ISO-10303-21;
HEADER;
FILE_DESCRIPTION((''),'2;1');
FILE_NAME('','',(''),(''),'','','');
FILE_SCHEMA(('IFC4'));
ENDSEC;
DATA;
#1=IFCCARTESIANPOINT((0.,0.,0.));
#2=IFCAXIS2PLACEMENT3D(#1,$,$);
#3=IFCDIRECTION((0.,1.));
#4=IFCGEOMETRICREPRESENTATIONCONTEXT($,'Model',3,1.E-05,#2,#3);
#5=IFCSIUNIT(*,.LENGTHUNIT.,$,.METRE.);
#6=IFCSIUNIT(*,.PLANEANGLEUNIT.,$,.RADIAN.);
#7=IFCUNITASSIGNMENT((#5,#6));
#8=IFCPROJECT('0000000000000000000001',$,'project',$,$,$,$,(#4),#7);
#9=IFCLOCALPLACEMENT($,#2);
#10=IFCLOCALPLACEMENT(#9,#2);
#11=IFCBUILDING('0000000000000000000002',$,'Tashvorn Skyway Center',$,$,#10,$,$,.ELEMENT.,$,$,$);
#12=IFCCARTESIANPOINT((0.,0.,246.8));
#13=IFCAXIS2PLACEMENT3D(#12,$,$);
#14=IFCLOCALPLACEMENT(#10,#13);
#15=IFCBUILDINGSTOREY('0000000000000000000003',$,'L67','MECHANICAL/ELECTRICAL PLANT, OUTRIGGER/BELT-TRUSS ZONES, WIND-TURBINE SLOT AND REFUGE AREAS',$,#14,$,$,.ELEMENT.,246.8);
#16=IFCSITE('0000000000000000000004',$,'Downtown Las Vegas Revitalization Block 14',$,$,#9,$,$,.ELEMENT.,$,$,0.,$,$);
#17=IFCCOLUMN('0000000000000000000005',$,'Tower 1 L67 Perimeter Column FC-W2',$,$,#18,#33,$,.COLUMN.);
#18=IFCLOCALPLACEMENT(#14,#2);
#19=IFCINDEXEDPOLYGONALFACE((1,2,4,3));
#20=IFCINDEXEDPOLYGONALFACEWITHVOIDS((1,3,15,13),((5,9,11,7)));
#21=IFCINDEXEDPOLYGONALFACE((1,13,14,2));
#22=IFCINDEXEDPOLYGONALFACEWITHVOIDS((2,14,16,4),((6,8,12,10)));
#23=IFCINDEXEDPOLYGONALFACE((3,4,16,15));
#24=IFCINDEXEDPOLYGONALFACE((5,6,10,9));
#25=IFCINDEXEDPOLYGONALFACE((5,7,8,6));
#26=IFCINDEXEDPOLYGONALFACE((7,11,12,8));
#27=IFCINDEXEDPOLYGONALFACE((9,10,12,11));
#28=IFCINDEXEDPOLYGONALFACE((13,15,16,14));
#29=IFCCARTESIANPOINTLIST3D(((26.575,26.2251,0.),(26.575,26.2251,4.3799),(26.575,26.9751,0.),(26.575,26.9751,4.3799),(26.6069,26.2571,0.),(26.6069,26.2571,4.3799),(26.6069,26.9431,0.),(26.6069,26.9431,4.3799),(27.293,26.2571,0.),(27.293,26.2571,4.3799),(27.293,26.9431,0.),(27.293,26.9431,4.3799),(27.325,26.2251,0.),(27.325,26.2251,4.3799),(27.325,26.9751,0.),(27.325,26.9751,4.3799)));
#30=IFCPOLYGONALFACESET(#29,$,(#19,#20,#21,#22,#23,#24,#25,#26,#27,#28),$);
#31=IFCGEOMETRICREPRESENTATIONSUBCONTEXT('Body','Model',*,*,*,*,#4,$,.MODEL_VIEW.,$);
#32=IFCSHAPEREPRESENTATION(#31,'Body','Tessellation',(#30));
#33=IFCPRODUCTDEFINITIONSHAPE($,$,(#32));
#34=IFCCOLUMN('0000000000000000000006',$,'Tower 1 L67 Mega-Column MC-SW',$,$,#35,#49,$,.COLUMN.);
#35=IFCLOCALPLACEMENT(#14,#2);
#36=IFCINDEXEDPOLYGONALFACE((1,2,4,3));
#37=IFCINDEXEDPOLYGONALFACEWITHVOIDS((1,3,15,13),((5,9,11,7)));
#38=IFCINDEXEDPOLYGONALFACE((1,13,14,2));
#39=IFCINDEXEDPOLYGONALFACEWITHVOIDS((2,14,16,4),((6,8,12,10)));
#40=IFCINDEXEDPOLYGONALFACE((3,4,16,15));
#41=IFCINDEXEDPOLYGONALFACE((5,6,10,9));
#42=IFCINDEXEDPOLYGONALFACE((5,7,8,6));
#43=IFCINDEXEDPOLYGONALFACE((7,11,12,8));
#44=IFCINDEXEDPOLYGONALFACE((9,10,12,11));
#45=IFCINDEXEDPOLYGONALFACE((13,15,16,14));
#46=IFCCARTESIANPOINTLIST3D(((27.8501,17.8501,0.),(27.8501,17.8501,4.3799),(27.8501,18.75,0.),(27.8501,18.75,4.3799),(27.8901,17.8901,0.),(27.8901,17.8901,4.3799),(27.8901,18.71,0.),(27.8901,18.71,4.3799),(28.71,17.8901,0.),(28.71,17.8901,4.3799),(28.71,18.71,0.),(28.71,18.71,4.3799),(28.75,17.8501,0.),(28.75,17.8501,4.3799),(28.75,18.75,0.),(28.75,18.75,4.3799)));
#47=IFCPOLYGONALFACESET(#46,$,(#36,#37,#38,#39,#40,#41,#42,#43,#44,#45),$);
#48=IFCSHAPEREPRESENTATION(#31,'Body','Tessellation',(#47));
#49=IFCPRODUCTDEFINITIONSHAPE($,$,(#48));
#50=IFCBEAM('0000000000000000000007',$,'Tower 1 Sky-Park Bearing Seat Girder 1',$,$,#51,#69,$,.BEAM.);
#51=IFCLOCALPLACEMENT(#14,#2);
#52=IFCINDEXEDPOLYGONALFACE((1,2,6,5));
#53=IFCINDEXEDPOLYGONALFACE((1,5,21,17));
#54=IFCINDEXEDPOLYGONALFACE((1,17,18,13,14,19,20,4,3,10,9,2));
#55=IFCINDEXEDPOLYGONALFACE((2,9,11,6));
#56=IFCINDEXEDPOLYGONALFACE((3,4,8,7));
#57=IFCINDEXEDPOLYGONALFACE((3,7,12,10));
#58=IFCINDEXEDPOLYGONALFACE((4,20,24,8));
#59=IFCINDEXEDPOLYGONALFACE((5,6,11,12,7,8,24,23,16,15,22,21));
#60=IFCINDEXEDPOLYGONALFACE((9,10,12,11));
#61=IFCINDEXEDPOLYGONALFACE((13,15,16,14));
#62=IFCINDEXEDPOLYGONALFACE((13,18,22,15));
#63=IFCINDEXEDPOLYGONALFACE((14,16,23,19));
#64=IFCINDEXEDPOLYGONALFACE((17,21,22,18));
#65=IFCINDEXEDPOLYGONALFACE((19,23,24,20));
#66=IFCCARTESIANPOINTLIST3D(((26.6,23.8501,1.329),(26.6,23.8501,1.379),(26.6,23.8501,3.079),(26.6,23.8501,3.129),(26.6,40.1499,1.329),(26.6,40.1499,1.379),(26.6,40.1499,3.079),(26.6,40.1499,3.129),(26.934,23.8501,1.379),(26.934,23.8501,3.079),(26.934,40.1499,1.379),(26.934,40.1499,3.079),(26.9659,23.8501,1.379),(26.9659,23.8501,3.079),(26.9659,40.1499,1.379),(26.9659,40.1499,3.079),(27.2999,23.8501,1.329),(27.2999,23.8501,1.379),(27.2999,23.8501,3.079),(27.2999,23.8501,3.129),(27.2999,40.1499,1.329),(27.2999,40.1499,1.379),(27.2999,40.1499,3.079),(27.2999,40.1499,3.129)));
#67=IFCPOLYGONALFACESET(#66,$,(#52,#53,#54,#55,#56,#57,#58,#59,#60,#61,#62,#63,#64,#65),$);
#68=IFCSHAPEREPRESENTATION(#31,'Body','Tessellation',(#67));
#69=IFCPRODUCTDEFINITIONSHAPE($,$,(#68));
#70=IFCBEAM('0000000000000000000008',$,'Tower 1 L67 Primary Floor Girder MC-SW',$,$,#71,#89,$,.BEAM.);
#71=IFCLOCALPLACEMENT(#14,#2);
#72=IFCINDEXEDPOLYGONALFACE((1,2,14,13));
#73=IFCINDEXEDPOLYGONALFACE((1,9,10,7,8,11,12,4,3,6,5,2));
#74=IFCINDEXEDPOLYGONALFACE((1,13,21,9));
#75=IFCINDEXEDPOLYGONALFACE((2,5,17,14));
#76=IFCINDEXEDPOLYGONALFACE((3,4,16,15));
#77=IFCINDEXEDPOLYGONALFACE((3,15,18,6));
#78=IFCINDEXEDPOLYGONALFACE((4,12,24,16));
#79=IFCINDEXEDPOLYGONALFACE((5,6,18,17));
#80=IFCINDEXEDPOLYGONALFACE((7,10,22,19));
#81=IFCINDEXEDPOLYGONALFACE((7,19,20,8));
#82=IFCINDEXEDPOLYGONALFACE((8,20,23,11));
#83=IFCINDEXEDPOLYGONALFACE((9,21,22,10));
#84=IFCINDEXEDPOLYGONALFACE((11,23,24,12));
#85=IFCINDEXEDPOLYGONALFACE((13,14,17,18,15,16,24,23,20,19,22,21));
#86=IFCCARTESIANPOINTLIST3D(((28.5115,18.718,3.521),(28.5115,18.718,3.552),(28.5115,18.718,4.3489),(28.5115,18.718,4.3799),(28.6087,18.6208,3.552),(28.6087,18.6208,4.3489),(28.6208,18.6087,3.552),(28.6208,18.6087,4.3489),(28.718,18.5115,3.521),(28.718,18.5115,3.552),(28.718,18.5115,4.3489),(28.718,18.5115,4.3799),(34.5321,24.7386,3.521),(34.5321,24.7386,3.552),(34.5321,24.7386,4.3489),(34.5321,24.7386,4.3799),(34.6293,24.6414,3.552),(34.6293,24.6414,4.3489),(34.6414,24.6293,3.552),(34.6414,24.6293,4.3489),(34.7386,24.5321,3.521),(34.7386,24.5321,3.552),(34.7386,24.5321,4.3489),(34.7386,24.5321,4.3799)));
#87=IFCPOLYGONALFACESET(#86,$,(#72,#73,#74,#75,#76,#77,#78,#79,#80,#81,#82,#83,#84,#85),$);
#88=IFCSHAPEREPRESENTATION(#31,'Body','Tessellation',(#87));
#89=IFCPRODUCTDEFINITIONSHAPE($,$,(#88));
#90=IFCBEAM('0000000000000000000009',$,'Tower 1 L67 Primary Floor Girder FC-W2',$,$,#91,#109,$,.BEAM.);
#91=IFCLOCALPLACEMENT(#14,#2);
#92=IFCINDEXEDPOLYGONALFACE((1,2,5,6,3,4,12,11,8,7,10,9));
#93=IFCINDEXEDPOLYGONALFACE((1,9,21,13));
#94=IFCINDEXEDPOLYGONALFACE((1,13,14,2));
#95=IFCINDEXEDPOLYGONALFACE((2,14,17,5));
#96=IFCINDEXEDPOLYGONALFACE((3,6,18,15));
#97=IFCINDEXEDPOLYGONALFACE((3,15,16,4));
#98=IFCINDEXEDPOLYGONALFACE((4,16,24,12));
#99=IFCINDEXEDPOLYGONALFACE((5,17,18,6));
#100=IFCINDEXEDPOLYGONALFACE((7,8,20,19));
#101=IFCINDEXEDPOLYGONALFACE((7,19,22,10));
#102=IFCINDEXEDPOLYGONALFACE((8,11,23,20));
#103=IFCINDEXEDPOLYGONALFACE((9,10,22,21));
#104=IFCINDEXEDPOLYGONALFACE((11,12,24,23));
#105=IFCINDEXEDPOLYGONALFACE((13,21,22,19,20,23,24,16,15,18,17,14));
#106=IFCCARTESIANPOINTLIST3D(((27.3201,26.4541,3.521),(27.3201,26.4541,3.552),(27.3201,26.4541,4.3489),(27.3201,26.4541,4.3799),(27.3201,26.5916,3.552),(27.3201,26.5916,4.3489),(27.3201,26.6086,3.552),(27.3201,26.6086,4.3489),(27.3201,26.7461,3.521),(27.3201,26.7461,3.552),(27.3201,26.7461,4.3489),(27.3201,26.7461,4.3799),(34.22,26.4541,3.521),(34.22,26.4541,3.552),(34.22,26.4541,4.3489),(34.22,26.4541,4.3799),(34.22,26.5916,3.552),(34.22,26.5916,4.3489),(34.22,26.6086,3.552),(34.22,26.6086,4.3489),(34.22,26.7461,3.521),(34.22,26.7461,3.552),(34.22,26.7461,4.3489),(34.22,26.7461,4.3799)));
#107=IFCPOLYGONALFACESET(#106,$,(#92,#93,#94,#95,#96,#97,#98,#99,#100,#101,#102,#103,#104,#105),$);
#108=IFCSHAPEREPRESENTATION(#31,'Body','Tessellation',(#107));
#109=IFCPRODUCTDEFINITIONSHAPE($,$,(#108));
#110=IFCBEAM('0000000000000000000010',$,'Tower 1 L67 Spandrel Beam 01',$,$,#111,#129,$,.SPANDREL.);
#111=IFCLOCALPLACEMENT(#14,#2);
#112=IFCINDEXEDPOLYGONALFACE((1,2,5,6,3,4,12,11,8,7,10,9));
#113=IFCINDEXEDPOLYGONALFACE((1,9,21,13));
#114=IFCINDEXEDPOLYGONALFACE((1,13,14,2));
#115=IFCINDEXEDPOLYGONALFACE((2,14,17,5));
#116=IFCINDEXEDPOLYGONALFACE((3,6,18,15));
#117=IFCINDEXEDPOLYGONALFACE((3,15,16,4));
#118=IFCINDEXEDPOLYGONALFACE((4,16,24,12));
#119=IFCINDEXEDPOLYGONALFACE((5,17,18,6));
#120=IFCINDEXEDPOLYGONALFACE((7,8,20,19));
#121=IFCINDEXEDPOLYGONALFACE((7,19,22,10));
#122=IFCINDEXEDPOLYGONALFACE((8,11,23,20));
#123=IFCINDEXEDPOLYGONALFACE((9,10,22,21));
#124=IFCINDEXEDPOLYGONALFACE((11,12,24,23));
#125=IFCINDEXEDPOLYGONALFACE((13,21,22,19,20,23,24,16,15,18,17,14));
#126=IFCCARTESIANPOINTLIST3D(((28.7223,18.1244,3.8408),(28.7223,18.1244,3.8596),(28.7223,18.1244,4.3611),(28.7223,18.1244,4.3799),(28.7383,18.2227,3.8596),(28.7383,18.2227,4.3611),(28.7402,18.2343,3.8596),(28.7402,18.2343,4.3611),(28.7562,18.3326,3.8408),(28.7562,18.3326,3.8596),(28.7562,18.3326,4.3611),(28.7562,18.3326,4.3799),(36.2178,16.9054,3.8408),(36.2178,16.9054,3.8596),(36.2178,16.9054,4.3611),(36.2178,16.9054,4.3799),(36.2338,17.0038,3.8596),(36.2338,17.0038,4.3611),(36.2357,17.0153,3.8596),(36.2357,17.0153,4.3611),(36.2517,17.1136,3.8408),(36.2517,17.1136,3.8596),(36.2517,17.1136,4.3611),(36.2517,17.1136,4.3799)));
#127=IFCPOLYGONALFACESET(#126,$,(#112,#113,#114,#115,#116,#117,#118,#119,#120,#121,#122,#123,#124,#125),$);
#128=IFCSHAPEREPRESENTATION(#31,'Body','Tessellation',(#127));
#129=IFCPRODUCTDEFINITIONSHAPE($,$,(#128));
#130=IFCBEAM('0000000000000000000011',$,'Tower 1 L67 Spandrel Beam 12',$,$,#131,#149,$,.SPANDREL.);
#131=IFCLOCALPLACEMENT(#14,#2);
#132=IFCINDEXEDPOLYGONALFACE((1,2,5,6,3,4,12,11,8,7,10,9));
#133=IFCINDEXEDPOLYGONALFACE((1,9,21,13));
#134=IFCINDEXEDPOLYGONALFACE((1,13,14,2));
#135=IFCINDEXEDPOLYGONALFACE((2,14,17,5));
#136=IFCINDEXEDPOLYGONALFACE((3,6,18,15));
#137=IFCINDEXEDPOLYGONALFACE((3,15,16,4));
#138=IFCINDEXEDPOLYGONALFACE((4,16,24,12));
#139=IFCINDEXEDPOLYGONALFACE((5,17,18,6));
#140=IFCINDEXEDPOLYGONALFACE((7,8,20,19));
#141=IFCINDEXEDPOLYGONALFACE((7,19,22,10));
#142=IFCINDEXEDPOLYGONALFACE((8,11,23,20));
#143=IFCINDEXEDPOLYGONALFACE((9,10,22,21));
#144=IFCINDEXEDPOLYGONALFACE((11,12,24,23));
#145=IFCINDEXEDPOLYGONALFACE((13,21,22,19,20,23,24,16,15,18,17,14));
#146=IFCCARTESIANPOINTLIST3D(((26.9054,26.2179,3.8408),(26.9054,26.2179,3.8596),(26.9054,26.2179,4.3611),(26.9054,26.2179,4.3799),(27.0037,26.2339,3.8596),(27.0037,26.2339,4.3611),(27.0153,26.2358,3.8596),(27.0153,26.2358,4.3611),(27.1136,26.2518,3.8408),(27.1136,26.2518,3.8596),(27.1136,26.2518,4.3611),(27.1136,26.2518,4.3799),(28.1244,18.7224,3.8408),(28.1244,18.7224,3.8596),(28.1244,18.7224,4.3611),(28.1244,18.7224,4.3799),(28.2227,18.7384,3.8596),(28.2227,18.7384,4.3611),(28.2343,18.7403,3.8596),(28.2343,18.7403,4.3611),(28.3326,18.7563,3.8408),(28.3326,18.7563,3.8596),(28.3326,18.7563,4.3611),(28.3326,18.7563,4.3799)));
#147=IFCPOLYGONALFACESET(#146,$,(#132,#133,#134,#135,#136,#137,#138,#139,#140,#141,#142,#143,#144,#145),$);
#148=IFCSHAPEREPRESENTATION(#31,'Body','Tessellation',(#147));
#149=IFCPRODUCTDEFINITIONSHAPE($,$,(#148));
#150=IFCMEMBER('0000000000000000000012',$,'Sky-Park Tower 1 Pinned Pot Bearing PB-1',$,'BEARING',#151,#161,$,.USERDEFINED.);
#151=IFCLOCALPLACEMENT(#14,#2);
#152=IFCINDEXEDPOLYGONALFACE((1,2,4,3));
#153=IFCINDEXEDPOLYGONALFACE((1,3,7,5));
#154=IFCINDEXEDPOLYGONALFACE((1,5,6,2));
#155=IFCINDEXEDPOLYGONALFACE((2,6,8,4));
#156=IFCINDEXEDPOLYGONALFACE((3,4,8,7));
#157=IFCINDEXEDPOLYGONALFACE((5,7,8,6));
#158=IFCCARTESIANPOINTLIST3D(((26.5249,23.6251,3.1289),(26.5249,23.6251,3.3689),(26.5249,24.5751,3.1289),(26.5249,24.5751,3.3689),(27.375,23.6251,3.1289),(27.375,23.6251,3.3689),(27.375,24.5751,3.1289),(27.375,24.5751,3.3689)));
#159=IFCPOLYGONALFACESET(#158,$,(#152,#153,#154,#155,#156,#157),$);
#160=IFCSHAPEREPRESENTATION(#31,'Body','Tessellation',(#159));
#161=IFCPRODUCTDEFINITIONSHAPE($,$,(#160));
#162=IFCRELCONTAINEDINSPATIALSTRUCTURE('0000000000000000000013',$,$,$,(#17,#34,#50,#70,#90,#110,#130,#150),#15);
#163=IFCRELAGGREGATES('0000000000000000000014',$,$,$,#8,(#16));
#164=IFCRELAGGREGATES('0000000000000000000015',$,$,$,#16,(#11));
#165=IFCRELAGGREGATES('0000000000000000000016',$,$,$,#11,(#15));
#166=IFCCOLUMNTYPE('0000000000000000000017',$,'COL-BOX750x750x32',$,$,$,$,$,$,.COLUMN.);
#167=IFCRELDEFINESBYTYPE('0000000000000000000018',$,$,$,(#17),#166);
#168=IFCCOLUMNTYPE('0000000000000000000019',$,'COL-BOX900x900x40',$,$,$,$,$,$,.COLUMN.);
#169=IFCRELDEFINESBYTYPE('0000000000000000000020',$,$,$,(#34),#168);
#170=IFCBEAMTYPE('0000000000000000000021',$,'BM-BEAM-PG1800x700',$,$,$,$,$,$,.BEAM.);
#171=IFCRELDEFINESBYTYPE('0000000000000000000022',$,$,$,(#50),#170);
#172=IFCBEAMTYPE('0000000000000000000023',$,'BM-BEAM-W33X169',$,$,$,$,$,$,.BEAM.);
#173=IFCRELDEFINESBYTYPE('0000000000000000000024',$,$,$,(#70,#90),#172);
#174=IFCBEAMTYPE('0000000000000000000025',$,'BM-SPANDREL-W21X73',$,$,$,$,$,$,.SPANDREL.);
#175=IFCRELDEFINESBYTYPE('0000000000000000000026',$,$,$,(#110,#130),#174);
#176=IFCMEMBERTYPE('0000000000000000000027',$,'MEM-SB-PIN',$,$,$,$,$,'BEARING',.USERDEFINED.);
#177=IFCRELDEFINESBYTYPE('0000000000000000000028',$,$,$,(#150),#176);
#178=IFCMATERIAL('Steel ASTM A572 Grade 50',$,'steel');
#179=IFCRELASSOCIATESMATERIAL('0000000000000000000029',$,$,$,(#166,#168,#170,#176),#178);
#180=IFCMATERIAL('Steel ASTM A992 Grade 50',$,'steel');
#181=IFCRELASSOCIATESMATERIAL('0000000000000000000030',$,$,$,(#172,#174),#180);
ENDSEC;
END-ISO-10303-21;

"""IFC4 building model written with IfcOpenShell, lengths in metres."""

from ifc_helpers import new_model, si_unit, direction, frame, origin, origin_2d, place, context, subcontext, project, spatial, rectangle, hollow_rectangle, i_section, extrude, material, material_profile, profile_set, type_object, element, save


model = new_model("IFC4")

# Units and contexts
model_context = context("Model", 3, precision=1e-05, world=origin(), true_north=direction((0.0, 1.0)))
body_context = subcontext(model_context, "Body", "Model", "MODEL_VIEW")
ifc_project = project(units=[si_unit("LENGTHUNIT", "METRE"), si_unit("PLANEANGLEUNIT", "RADIAN")], contexts=[model_context])

# Site, building, storey
site_placement = place(None, origin())
site = spatial("IfcSite", under=ifc_project, at=site_placement, Name="Downtown Las Vegas Revitalization Block 14", CompositionType="ELEMENT", RefElevation=0.0)
building_placement = place(site_placement, origin())
building = spatial("IfcBuilding", under=site, at=building_placement, Name="Tashvorn Skyway Center", CompositionType="ELEMENT")
storey_placement = place(building_placement, frame((0.0, 0.0, 246.8)))
storey = spatial("IfcBuildingStorey", under=building, at=storey_placement, Name="L67", Description="MECHANICAL/ELECTRICAL PLANT, OUTRIGGER/BELT-TRUSS ZONES, WIND-TURBINE SLOT AND REFUGE AREAS", CompositionType="ELEMENT", Elevation=246.8)

# Columns
ifc_material_1 = material(Name="Steel ASTM A572 Grade 50", Category="steel")
ifc_material_profile_1 = material_profile(ifc_material_1, hollow_rectangle(XDim=0.75, YDim=0.75, WallThickness=0.032, at=origin_2d()), Name="BOX750x750x32")
ifc_profile_set_1 = profile_set([ifc_material_profile_1], Name="Steel ASTM A572 Grade 50")
column_type_1 = type_object("IfcColumnType", Name="COL-BOX750x750x32", PredefinedType="COLUMN", material=ifc_profile_set_1)
column_1_placement = place(storey_placement, frame((26.95, 26.6001, 0.0), z_axis=(0.0, 0.0, 1.0), x_axis=(1.0, 0.0, 0.0)))
element("IfcColumn", 1, at=column_1_placement, inside=storey, type_object=column_type_1, Name="Tower 1 L67 Perimeter Column FC-W2", PredefinedType="COLUMN", context=body_context, shape_type="SweptSolid", body=[
    extrude(hollow_rectangle(XDim=0.75, YDim=0.75, WallThickness=0.032, at=origin_2d()), origin(), (0.0, 0.0, 1.0), 4.3799),
])
ifc_material_profile_2 = material_profile(ifc_material_1, hollow_rectangle(XDim=0.8999, YDim=0.8999, WallThickness=0.04, at=origin_2d()), Name="BOX900x900x40")
ifc_profile_set_2 = profile_set([ifc_material_profile_2], Name="Steel ASTM A572 Grade 50")
column_type_2 = type_object("IfcColumnType", Name="COL-BOX900x900x40", PredefinedType="COLUMN", material=ifc_profile_set_2)
column_2_placement = place(storey_placement, frame((28.3, 18.3, 0.0), z_axis=(0.0, 0.0, 1.0), x_axis=(1.0, 0.0, 0.0)))
element("IfcColumn", 2, at=column_2_placement, inside=storey, type_object=column_type_2, Name="Tower 1 L67 Mega-Column MC-SW", PredefinedType="COLUMN", context=body_context, shape_type="SweptSolid", body=[
    extrude(hollow_rectangle(XDim=0.8999, YDim=0.8999, WallThickness=0.04, at=origin_2d()), origin(), (0.0, 0.0, 1.0), 4.3799),
])

# Beams
ifc_material_profile_3 = material_profile(ifc_material_1, i_section(OverallWidth=0.7, OverallDepth=1.8, WebThickness=0.032, FlangeThickness=0.05, at=origin_2d()), Name="PG1800x700")
ifc_profile_set_3 = profile_set([ifc_material_profile_3], Name="Steel ASTM A572 Grade 50")
beam_type_1 = type_object("IfcBeamType", Name="BM-BEAM-PG1800x700", PredefinedType="BEAM", material=ifc_profile_set_3)
beam_1_placement = place(storey_placement, frame((26.95, 23.8501, 2.229), z_axis=(0.0, 1.0, 0.0), x_axis=(-1.0, 0.0, 0.0)))
element("IfcBeam", 3, at=beam_1_placement, inside=storey, type_object=beam_type_1, Name="Tower 1 Sky-Park Bearing Seat Girder 1", PredefinedType="BEAM", context=body_context, shape_type="SweptSolid", body=[
    extrude(i_section(OverallWidth=0.7, OverallDepth=1.8, WebThickness=0.032, FlangeThickness=0.05, at=origin_2d()), origin(), (0.0, 0.0, 1.0), 16.2998),
])
ifc_material_2 = material(Name="Steel ASTM A992 Grade 50", Category="steel")
ifc_material_profile_4 = material_profile(ifc_material_2, i_section(OverallWidth=0.292, OverallDepth=0.8589, WebThickness=0.0171, FlangeThickness=0.031, at=origin_2d()), Name="W33X169")
ifc_profile_set_4 = profile_set([ifc_material_profile_4], Name="Steel ASTM A992 Grade 50")
beam_type_2 = type_object("IfcBeamType", Name="BM-BEAM-W33X169", PredefinedType="BEAM", material=ifc_profile_set_4)
beam_2_placement = place(storey_placement, frame((28.6147, 18.6147, 3.9504), z_axis=(0.707107, 0.707107, 0.0), x_axis=(-0.707107, 0.707107, 0.0)))
element("IfcBeam", 4, at=beam_2_placement, inside=storey, type_object=beam_type_2, Name="Tower 1 L67 Primary Floor Girder MC-SW", PredefinedType="BEAM", context=body_context, shape_type="SweptSolid", body=[
    extrude(i_section(OverallWidth=0.292, OverallDepth=0.8589, WebThickness=0.0171, FlangeThickness=0.031, at=origin_2d()), origin(), (0.0, 0.0, 1.0), 8.5144),
])
beam_3_placement = place(storey_placement, frame((27.3201, 26.6001, 3.9504), z_axis=(1.0, 0.0, 0.0), x_axis=(0.0, 1.0, 0.0)))
element("IfcBeam", 5, at=beam_3_placement, inside=storey, type_object=beam_type_2, Name="Tower 1 L67 Primary Floor Girder FC-W2", PredefinedType="BEAM", context=body_context, shape_type="SweptSolid", body=[
    extrude(i_section(OverallWidth=0.292, OverallDepth=0.8589, WebThickness=0.0171, FlangeThickness=0.031, at=origin_2d()), origin(), (0.0, 0.0, 1.0), 6.8999),
])
ifc_material_profile_5 = material_profile(ifc_material_2, i_section(OverallWidth=0.2109, OverallDepth=0.5391, WebThickness=0.0117, FlangeThickness=0.0188, at=origin_2d()), Name="W21X73")
ifc_profile_set_5 = profile_set([ifc_material_profile_5], Name="Steel ASTM A992 Grade 50")
beam_type_3 = type_object("IfcBeamType", Name="BM-SPANDREL-W21X73", PredefinedType="SPANDREL", material=ifc_profile_set_5)
for number, where, z_axis, x_axis, name in (
    (6, (28.7393, 18.2285, 4.1104), (0.987033, -0.160519, 0.0), (0.160519, 0.987033, 0.0), "Tower 1 L67 Spandrel Beam 01"),
    (7, (27.0095, 26.2349, 4.1104), (0.160519, -0.987033, 0.0), (0.987033, 0.160519, 0.0), "Tower 1 L67 Spandrel Beam 12"),
):
    element("IfcBeam", number, at=place(storey_placement, frame(where, z_axis=z_axis, x_axis=x_axis)), inside=storey, type_object=beam_type_3, Name=name, PredefinedType="SPANDREL", context=body_context, shape_type="SweptSolid", body=[
        extrude(i_section(OverallWidth=0.2109, OverallDepth=0.5391, WebThickness=0.0117, FlangeThickness=0.0188, at=origin_2d()), origin(), (0.0, 0.0, 1.0), 7.594),
    ])

# Member
ifc_material_profile_6 = material_profile(ifc_material_1, rectangle(XDim=0.8501, YDim=0.95, at=origin_2d()), Name="PTFE-BRG-850x850")
ifc_profile_set_6 = profile_set([ifc_material_profile_6], Name="Steel ASTM A572 Grade 50")
member_type = type_object("IfcMemberType", Name="MEM-SB-PIN", ElementType="BEARING", PredefinedType="USERDEFINED", material=ifc_profile_set_6)
member_placement = place(storey_placement, frame((26.95, 24.1001, 3.1289), z_axis=(0.0, 0.0, 1.0), x_axis=(1.0, 0.0, 0.0)))
element("IfcMember", 8, at=member_placement, inside=storey, type_object=member_type, Name="Sky-Park Tower 1 Pinned Pot Bearing PB-1", ObjectType="BEARING", PredefinedType="USERDEFINED", context=body_context, shape_type="SweptSolid", body=[
    extrude(rectangle(XDim=0.8501, YDim=0.95, at=origin_2d()), origin(), (0.0, 0.0, 1.0), 0.24),
])

save(model, "model.ifc")
